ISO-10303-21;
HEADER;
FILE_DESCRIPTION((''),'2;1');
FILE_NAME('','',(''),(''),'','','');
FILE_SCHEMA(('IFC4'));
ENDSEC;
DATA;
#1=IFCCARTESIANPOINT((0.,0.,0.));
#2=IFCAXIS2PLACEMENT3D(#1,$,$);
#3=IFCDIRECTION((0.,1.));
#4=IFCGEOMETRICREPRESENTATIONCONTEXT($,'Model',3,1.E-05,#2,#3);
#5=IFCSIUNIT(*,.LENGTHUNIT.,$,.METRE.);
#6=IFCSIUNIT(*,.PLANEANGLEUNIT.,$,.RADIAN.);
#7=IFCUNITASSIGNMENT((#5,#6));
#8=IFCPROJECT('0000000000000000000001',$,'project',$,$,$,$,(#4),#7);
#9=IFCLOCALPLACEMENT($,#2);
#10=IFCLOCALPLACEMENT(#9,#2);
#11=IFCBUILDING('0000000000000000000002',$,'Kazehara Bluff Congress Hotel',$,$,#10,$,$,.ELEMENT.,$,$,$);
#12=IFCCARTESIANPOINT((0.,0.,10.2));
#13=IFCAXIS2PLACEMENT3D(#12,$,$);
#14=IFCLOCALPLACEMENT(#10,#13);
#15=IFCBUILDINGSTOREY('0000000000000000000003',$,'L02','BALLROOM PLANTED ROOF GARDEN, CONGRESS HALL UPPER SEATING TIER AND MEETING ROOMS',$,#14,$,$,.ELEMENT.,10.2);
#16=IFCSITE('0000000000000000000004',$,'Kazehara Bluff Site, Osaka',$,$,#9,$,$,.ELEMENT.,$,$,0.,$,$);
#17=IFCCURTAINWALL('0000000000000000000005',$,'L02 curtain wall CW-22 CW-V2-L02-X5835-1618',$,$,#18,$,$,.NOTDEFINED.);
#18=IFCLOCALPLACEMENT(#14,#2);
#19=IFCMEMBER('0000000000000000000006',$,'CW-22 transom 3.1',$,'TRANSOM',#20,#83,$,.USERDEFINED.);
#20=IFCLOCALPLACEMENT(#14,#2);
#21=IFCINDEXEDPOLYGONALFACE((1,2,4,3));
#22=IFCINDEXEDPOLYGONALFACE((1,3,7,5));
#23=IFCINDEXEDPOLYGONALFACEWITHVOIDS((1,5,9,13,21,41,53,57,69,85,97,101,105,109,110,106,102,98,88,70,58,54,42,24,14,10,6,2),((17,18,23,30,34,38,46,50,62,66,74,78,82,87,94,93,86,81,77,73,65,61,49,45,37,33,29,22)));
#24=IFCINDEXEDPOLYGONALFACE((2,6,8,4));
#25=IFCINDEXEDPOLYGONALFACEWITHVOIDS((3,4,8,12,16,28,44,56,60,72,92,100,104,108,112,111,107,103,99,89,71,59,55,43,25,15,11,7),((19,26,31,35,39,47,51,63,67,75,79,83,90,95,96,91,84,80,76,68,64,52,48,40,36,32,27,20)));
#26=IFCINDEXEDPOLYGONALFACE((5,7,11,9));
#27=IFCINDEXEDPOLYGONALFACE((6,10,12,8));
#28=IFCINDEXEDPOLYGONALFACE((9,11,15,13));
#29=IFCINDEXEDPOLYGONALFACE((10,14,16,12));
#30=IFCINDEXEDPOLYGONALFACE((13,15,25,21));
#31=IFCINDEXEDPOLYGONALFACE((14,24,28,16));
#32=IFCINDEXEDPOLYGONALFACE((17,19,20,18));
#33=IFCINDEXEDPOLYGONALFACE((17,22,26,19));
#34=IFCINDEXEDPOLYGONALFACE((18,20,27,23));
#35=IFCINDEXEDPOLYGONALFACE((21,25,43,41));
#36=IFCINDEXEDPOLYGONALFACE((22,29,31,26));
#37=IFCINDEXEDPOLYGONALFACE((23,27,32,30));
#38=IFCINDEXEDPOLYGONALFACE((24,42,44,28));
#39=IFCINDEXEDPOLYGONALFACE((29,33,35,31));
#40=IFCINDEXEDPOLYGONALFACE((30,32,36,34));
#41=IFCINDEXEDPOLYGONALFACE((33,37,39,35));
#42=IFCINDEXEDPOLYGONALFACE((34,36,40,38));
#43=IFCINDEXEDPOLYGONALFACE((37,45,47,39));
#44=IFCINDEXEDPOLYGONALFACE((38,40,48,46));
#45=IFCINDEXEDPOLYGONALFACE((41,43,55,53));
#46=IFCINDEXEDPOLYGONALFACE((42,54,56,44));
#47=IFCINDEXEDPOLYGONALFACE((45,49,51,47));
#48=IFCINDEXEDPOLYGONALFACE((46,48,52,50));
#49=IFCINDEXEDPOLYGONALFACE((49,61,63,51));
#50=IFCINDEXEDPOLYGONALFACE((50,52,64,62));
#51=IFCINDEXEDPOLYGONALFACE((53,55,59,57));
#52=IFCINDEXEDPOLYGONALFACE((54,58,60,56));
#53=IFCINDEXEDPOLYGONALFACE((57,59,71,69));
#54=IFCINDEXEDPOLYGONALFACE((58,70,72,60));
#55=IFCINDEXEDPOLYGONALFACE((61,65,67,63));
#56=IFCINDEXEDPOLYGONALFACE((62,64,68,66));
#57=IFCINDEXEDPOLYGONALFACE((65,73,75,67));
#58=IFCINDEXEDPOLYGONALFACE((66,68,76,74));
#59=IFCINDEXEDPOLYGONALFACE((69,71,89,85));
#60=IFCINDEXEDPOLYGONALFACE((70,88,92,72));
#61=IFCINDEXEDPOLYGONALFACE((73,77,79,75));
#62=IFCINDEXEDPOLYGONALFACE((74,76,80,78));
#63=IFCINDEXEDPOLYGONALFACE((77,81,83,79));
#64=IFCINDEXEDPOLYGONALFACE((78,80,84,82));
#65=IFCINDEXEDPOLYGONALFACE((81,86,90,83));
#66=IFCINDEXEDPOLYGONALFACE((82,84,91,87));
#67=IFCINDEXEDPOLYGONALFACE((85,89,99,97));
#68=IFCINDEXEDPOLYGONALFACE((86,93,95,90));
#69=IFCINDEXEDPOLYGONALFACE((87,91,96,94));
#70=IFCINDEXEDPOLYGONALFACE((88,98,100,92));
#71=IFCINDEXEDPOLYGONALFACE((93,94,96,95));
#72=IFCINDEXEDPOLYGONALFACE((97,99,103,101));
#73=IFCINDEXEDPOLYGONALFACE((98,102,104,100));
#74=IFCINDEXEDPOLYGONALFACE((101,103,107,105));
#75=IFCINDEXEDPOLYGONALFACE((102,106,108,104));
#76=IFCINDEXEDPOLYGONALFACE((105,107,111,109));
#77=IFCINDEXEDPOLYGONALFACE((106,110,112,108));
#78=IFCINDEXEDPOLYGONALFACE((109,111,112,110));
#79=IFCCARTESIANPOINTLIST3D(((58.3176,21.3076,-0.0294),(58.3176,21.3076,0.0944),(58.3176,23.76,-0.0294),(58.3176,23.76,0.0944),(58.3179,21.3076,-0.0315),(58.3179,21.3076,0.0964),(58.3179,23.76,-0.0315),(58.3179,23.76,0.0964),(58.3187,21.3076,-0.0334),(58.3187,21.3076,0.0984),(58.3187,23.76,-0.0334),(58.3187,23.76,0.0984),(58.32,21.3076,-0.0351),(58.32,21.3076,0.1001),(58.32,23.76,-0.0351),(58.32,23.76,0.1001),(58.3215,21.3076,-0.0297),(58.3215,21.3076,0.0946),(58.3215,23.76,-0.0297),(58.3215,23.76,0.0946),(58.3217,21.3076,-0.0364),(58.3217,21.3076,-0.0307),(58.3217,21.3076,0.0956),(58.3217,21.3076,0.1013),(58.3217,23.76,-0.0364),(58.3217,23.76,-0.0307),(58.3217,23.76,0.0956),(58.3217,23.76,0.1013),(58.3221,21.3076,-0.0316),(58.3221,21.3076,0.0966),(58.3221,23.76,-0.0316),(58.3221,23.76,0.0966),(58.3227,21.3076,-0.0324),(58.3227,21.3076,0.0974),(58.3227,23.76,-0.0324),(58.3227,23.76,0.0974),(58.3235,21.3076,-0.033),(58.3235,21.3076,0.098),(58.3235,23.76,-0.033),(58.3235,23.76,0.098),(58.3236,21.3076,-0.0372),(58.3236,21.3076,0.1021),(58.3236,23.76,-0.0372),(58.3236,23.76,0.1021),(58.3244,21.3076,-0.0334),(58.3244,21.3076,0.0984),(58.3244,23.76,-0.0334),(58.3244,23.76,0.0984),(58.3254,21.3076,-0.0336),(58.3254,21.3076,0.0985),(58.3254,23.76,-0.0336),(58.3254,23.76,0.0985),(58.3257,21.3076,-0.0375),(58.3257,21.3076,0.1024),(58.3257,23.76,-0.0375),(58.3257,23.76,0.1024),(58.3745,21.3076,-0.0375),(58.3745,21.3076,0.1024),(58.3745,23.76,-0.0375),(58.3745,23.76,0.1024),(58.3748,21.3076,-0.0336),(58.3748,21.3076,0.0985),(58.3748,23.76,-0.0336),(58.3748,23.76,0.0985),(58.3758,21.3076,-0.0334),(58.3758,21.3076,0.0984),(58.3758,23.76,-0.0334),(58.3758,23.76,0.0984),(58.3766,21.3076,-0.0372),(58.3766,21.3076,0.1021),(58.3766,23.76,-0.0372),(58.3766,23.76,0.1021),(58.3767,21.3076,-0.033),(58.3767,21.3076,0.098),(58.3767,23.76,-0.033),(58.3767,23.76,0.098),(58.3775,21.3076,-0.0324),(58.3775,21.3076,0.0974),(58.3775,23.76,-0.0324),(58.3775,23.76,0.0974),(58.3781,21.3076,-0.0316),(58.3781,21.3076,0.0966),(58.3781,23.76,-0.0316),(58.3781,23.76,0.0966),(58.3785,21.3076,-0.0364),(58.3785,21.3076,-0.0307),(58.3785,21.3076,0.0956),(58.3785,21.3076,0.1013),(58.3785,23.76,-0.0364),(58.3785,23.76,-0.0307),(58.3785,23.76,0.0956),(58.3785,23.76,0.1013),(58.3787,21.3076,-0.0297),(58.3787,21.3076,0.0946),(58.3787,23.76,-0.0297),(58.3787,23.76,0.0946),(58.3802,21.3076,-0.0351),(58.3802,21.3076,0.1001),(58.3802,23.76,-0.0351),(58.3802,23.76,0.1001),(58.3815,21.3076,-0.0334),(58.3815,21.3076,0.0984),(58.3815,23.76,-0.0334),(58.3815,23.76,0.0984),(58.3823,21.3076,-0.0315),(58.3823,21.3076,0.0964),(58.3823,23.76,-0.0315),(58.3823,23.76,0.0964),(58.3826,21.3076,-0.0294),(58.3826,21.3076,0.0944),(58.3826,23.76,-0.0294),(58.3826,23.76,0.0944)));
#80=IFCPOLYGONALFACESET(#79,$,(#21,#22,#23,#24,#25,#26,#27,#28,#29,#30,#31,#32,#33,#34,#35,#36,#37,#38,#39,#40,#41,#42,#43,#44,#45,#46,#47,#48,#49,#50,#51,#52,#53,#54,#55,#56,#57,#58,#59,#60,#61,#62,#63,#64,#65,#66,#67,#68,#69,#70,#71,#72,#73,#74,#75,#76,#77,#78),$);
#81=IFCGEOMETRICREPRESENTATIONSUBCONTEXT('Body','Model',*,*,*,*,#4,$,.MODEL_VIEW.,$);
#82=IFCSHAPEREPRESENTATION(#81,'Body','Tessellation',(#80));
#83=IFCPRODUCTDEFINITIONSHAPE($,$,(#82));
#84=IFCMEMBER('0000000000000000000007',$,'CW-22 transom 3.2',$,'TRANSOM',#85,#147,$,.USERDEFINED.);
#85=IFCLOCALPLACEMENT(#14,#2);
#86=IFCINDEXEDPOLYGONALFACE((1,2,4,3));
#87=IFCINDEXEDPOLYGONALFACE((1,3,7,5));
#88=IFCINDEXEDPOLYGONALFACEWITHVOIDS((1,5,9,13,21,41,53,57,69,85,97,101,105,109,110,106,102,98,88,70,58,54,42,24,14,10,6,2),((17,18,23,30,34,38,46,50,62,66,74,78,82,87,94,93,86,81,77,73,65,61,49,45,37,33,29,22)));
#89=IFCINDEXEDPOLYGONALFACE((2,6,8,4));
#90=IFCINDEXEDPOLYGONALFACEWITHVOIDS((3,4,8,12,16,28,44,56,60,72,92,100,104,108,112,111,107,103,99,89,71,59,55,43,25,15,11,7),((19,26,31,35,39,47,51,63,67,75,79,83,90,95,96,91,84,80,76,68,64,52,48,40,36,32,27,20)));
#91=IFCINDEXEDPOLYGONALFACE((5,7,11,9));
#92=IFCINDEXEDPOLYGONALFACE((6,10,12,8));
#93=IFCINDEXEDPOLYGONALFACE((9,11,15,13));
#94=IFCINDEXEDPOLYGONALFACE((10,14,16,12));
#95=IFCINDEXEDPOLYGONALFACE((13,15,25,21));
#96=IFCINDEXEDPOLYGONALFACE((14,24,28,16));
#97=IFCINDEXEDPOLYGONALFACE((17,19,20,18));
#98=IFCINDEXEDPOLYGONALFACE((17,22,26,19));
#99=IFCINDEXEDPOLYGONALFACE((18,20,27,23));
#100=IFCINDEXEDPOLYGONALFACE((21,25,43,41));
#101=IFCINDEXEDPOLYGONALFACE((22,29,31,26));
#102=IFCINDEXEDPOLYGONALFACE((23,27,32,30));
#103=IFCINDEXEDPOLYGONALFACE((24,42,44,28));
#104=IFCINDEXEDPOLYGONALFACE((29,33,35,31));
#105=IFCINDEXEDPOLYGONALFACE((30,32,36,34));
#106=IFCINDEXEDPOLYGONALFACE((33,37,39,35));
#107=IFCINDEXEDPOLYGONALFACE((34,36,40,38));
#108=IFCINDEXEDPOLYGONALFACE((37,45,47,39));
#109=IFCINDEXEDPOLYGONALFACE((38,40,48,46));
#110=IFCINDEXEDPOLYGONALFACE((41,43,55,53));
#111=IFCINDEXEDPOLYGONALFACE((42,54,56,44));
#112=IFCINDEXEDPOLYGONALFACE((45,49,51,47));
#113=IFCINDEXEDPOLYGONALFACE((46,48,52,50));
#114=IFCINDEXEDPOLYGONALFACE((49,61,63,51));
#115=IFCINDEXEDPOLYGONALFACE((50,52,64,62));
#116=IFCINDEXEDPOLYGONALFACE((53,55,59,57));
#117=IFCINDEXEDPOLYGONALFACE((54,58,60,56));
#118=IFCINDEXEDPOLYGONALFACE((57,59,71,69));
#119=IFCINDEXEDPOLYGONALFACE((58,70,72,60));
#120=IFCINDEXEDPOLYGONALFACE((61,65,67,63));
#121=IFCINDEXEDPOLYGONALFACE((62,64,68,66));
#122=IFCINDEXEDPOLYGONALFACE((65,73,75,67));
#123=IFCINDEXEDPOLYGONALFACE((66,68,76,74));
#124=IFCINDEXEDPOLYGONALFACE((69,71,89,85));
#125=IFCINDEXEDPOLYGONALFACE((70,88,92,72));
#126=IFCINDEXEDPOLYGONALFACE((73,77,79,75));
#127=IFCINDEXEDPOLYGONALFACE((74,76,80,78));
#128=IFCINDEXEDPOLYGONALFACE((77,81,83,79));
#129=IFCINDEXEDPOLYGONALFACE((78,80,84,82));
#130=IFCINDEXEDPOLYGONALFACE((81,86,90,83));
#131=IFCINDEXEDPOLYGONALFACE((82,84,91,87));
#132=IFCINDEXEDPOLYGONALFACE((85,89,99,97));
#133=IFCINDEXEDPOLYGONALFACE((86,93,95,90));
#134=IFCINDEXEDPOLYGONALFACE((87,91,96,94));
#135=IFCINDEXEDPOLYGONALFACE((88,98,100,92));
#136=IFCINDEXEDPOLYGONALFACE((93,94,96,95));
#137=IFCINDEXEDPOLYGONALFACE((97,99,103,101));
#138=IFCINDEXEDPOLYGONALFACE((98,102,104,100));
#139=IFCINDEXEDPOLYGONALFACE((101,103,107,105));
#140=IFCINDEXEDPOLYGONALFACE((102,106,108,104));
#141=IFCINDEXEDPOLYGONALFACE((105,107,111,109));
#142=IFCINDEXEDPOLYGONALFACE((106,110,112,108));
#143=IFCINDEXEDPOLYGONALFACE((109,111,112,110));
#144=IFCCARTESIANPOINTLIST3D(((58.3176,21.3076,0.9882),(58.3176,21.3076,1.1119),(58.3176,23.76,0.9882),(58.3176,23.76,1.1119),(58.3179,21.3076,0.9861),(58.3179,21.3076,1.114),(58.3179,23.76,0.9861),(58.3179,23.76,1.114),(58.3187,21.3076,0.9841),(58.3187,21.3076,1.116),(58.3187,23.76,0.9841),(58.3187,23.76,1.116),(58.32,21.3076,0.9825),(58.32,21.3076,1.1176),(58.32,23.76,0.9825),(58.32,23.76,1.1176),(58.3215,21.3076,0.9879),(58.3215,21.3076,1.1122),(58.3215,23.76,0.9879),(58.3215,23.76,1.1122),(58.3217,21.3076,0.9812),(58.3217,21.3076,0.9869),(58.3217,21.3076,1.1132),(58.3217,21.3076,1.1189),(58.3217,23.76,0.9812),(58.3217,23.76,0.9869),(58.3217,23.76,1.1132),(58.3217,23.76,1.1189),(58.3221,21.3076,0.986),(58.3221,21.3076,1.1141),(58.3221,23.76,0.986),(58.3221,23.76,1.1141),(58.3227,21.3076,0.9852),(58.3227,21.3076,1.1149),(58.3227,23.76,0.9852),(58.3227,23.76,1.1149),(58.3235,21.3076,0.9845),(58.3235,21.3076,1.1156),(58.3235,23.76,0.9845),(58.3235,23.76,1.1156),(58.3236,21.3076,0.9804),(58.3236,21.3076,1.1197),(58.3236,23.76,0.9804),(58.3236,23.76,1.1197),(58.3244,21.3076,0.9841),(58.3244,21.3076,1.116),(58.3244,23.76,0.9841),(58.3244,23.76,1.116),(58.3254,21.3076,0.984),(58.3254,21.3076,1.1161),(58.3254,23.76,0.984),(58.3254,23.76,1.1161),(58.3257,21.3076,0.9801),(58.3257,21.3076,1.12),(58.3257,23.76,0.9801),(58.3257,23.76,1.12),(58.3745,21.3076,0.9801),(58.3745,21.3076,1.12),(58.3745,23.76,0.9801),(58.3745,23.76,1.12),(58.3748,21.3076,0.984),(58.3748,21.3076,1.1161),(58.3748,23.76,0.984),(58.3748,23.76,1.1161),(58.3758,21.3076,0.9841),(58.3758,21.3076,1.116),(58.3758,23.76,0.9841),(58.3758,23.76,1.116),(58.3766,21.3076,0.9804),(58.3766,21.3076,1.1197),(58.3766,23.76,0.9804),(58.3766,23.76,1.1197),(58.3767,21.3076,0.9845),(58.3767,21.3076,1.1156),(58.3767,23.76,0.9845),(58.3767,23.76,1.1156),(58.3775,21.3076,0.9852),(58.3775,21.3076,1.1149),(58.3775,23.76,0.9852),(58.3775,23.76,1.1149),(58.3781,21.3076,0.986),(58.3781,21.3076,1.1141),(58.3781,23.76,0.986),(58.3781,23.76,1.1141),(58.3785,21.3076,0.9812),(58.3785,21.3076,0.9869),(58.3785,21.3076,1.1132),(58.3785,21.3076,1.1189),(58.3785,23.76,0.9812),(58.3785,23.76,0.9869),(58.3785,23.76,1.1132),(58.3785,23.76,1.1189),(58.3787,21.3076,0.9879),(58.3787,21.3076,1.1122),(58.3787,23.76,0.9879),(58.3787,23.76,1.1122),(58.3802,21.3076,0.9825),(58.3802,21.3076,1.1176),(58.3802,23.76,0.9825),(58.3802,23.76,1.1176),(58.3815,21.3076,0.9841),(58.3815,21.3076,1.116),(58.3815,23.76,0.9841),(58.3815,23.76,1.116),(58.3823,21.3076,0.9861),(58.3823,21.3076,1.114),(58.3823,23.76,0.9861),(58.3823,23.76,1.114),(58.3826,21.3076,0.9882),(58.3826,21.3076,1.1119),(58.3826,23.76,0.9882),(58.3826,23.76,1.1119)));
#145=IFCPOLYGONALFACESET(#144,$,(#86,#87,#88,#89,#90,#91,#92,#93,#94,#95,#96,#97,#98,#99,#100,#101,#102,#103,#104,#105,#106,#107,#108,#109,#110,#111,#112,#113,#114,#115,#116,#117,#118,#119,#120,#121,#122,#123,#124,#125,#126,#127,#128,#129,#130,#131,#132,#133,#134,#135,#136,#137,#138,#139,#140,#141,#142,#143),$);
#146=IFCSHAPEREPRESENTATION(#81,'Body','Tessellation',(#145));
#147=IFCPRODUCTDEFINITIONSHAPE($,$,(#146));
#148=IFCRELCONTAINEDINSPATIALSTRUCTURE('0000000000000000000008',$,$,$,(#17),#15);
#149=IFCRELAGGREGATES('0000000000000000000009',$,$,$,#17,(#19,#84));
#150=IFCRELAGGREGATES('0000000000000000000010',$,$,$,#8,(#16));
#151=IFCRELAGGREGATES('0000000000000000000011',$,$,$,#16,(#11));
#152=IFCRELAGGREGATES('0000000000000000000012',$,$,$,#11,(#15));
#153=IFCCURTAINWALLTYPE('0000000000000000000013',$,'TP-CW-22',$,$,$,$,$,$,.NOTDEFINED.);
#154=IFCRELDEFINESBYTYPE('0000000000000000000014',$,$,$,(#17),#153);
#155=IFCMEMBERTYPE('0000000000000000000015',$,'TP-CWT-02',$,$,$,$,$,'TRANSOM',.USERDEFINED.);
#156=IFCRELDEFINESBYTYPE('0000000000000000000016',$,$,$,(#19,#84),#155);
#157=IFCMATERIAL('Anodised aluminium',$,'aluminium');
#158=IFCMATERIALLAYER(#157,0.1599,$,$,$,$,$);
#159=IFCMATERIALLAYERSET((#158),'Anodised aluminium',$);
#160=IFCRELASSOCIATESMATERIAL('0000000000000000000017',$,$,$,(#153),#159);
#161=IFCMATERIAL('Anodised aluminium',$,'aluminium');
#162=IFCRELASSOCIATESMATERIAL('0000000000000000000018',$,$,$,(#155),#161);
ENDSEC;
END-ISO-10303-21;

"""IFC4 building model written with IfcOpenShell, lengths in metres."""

from ifc_helpers import new_model, si_unit, direction, frame, origin, origin_2d, place, context, subcontext, project, spatial, hollow_rectangle, extrude, material, layer, layer_set, material_profile, profile_set, type_object, element, aggregate, save


model = new_model("IFC4")

# Units and contexts
model_context = context("Model", 3, precision=1e-05, world=origin(), true_north=direction((0.0, 1.0)))
body_context = subcontext(model_context, "Body", "Model", "MODEL_VIEW")
ifc_project = project(units=[si_unit("LENGTHUNIT", "METRE"), si_unit("PLANEANGLEUNIT", "RADIAN")], contexts=[model_context])

# Site, building, storey
site_placement = place(None, origin())
site = spatial("IfcSite", under=ifc_project, at=site_placement, Name="Kazehara Bluff Site, Osaka", CompositionType="ELEMENT", RefElevation=0.0)
building_placement = place(site_placement, origin())
building = spatial("IfcBuilding", under=site, at=building_placement, Name="Kazehara Bluff Congress Hotel", CompositionType="ELEMENT")
storey_placement = place(building_placement, frame((0.0, 0.0, 10.2)))
storey = spatial("IfcBuildingStorey", under=building, at=storey_placement, Name="L02", Description="BALLROOM PLANTED ROOF GARDEN, CONGRESS HALL UPPER SEATING TIER AND MEETING ROOMS", CompositionType="ELEMENT", Elevation=10.2)

# Curtain wall
ifc_material_1 = material(Name="Anodised aluminium", Category="aluminium")
ifc_layer_1 = layer(ifc_material_1, 0.1599)
ifc_layer_set_1 = layer_set([ifc_layer_1], Name="Anodised aluminium")
curtain_wall_type = type_object("IfcCurtainWallType", Name="TP-CW-22", PredefinedType="NOTDEFINED", material=ifc_layer_set_1)
curtain_wall_1_placement = place(storey_placement, origin())
curtain_wall_1 = element("IfcCurtainWall", 1, at=curtain_wall_1_placement, inside=storey, type_object=curtain_wall_type, Name="L02 curtain wall CW-22 CW-V2-L02-X5835-1618", PredefinedType="NOTDEFINED")

# Members
ifc_material_2 = material(Name="Anodised aluminium", Category="aluminium")
ifc_material_profile_1 = material_profile(ifc_material_2, hollow_rectangle(XDim=0.0649, YDim=0.1399, WallThickness=0.0039, InnerFilletRadius=0.0039, OuterFilletRadius=0.0081, at=origin_2d()))
ifc_profile_set_1 = profile_set([ifc_material_profile_1], Name="Anodised aluminium")
member_type_1 = type_object("IfcMemberType", Name="TP-CWT-02", ElementType="TRANSOM", PredefinedType="USERDEFINED", material=ifc_profile_set_1)
member_1_placement = place(storey_placement, frame((58.3501, 21.3076, 0.0325), z_axis=(0.0, 1.0, 0.0), x_axis=(-1.0, 0.0, 0.0)))
member_1 = element("IfcMember", 2, at=member_1_placement, type_object=member_type_1, Name="CW-22 transom 3.1", ObjectType="TRANSOM", PredefinedType="USERDEFINED", context=body_context, shape_type="SweptSolid", body=[
    extrude(hollow_rectangle(XDim=0.0649, YDim=0.1399, WallThickness=0.0039, InnerFilletRadius=0.0039, OuterFilletRadius=0.0081, at=origin_2d()), origin(), (0.0, 0.0, 1.0), 2.4524),
])
member_2_placement = place(storey_placement, frame((58.3501, 21.3076, 1.05), z_axis=(0.0, 1.0, 0.0), x_axis=(-1.0, 0.0, 0.0)))
member_2 = element("IfcMember", 3, at=member_2_placement, type_object=member_type_1, Name="CW-22 transom 3.2", ObjectType="TRANSOM", PredefinedType="USERDEFINED", context=body_context, shape_type="SweptSolid", body=[
    extrude(hollow_rectangle(XDim=0.0649, YDim=0.1399, WallThickness=0.0039, InnerFilletRadius=0.0039, OuterFilletRadius=0.0081, at=origin_2d()), origin(), (0.0, 0.0, 1.0), 2.4524),
])

aggregate(curtain_wall_1, [member_1, member_2])

save(model, "model.ifc")
